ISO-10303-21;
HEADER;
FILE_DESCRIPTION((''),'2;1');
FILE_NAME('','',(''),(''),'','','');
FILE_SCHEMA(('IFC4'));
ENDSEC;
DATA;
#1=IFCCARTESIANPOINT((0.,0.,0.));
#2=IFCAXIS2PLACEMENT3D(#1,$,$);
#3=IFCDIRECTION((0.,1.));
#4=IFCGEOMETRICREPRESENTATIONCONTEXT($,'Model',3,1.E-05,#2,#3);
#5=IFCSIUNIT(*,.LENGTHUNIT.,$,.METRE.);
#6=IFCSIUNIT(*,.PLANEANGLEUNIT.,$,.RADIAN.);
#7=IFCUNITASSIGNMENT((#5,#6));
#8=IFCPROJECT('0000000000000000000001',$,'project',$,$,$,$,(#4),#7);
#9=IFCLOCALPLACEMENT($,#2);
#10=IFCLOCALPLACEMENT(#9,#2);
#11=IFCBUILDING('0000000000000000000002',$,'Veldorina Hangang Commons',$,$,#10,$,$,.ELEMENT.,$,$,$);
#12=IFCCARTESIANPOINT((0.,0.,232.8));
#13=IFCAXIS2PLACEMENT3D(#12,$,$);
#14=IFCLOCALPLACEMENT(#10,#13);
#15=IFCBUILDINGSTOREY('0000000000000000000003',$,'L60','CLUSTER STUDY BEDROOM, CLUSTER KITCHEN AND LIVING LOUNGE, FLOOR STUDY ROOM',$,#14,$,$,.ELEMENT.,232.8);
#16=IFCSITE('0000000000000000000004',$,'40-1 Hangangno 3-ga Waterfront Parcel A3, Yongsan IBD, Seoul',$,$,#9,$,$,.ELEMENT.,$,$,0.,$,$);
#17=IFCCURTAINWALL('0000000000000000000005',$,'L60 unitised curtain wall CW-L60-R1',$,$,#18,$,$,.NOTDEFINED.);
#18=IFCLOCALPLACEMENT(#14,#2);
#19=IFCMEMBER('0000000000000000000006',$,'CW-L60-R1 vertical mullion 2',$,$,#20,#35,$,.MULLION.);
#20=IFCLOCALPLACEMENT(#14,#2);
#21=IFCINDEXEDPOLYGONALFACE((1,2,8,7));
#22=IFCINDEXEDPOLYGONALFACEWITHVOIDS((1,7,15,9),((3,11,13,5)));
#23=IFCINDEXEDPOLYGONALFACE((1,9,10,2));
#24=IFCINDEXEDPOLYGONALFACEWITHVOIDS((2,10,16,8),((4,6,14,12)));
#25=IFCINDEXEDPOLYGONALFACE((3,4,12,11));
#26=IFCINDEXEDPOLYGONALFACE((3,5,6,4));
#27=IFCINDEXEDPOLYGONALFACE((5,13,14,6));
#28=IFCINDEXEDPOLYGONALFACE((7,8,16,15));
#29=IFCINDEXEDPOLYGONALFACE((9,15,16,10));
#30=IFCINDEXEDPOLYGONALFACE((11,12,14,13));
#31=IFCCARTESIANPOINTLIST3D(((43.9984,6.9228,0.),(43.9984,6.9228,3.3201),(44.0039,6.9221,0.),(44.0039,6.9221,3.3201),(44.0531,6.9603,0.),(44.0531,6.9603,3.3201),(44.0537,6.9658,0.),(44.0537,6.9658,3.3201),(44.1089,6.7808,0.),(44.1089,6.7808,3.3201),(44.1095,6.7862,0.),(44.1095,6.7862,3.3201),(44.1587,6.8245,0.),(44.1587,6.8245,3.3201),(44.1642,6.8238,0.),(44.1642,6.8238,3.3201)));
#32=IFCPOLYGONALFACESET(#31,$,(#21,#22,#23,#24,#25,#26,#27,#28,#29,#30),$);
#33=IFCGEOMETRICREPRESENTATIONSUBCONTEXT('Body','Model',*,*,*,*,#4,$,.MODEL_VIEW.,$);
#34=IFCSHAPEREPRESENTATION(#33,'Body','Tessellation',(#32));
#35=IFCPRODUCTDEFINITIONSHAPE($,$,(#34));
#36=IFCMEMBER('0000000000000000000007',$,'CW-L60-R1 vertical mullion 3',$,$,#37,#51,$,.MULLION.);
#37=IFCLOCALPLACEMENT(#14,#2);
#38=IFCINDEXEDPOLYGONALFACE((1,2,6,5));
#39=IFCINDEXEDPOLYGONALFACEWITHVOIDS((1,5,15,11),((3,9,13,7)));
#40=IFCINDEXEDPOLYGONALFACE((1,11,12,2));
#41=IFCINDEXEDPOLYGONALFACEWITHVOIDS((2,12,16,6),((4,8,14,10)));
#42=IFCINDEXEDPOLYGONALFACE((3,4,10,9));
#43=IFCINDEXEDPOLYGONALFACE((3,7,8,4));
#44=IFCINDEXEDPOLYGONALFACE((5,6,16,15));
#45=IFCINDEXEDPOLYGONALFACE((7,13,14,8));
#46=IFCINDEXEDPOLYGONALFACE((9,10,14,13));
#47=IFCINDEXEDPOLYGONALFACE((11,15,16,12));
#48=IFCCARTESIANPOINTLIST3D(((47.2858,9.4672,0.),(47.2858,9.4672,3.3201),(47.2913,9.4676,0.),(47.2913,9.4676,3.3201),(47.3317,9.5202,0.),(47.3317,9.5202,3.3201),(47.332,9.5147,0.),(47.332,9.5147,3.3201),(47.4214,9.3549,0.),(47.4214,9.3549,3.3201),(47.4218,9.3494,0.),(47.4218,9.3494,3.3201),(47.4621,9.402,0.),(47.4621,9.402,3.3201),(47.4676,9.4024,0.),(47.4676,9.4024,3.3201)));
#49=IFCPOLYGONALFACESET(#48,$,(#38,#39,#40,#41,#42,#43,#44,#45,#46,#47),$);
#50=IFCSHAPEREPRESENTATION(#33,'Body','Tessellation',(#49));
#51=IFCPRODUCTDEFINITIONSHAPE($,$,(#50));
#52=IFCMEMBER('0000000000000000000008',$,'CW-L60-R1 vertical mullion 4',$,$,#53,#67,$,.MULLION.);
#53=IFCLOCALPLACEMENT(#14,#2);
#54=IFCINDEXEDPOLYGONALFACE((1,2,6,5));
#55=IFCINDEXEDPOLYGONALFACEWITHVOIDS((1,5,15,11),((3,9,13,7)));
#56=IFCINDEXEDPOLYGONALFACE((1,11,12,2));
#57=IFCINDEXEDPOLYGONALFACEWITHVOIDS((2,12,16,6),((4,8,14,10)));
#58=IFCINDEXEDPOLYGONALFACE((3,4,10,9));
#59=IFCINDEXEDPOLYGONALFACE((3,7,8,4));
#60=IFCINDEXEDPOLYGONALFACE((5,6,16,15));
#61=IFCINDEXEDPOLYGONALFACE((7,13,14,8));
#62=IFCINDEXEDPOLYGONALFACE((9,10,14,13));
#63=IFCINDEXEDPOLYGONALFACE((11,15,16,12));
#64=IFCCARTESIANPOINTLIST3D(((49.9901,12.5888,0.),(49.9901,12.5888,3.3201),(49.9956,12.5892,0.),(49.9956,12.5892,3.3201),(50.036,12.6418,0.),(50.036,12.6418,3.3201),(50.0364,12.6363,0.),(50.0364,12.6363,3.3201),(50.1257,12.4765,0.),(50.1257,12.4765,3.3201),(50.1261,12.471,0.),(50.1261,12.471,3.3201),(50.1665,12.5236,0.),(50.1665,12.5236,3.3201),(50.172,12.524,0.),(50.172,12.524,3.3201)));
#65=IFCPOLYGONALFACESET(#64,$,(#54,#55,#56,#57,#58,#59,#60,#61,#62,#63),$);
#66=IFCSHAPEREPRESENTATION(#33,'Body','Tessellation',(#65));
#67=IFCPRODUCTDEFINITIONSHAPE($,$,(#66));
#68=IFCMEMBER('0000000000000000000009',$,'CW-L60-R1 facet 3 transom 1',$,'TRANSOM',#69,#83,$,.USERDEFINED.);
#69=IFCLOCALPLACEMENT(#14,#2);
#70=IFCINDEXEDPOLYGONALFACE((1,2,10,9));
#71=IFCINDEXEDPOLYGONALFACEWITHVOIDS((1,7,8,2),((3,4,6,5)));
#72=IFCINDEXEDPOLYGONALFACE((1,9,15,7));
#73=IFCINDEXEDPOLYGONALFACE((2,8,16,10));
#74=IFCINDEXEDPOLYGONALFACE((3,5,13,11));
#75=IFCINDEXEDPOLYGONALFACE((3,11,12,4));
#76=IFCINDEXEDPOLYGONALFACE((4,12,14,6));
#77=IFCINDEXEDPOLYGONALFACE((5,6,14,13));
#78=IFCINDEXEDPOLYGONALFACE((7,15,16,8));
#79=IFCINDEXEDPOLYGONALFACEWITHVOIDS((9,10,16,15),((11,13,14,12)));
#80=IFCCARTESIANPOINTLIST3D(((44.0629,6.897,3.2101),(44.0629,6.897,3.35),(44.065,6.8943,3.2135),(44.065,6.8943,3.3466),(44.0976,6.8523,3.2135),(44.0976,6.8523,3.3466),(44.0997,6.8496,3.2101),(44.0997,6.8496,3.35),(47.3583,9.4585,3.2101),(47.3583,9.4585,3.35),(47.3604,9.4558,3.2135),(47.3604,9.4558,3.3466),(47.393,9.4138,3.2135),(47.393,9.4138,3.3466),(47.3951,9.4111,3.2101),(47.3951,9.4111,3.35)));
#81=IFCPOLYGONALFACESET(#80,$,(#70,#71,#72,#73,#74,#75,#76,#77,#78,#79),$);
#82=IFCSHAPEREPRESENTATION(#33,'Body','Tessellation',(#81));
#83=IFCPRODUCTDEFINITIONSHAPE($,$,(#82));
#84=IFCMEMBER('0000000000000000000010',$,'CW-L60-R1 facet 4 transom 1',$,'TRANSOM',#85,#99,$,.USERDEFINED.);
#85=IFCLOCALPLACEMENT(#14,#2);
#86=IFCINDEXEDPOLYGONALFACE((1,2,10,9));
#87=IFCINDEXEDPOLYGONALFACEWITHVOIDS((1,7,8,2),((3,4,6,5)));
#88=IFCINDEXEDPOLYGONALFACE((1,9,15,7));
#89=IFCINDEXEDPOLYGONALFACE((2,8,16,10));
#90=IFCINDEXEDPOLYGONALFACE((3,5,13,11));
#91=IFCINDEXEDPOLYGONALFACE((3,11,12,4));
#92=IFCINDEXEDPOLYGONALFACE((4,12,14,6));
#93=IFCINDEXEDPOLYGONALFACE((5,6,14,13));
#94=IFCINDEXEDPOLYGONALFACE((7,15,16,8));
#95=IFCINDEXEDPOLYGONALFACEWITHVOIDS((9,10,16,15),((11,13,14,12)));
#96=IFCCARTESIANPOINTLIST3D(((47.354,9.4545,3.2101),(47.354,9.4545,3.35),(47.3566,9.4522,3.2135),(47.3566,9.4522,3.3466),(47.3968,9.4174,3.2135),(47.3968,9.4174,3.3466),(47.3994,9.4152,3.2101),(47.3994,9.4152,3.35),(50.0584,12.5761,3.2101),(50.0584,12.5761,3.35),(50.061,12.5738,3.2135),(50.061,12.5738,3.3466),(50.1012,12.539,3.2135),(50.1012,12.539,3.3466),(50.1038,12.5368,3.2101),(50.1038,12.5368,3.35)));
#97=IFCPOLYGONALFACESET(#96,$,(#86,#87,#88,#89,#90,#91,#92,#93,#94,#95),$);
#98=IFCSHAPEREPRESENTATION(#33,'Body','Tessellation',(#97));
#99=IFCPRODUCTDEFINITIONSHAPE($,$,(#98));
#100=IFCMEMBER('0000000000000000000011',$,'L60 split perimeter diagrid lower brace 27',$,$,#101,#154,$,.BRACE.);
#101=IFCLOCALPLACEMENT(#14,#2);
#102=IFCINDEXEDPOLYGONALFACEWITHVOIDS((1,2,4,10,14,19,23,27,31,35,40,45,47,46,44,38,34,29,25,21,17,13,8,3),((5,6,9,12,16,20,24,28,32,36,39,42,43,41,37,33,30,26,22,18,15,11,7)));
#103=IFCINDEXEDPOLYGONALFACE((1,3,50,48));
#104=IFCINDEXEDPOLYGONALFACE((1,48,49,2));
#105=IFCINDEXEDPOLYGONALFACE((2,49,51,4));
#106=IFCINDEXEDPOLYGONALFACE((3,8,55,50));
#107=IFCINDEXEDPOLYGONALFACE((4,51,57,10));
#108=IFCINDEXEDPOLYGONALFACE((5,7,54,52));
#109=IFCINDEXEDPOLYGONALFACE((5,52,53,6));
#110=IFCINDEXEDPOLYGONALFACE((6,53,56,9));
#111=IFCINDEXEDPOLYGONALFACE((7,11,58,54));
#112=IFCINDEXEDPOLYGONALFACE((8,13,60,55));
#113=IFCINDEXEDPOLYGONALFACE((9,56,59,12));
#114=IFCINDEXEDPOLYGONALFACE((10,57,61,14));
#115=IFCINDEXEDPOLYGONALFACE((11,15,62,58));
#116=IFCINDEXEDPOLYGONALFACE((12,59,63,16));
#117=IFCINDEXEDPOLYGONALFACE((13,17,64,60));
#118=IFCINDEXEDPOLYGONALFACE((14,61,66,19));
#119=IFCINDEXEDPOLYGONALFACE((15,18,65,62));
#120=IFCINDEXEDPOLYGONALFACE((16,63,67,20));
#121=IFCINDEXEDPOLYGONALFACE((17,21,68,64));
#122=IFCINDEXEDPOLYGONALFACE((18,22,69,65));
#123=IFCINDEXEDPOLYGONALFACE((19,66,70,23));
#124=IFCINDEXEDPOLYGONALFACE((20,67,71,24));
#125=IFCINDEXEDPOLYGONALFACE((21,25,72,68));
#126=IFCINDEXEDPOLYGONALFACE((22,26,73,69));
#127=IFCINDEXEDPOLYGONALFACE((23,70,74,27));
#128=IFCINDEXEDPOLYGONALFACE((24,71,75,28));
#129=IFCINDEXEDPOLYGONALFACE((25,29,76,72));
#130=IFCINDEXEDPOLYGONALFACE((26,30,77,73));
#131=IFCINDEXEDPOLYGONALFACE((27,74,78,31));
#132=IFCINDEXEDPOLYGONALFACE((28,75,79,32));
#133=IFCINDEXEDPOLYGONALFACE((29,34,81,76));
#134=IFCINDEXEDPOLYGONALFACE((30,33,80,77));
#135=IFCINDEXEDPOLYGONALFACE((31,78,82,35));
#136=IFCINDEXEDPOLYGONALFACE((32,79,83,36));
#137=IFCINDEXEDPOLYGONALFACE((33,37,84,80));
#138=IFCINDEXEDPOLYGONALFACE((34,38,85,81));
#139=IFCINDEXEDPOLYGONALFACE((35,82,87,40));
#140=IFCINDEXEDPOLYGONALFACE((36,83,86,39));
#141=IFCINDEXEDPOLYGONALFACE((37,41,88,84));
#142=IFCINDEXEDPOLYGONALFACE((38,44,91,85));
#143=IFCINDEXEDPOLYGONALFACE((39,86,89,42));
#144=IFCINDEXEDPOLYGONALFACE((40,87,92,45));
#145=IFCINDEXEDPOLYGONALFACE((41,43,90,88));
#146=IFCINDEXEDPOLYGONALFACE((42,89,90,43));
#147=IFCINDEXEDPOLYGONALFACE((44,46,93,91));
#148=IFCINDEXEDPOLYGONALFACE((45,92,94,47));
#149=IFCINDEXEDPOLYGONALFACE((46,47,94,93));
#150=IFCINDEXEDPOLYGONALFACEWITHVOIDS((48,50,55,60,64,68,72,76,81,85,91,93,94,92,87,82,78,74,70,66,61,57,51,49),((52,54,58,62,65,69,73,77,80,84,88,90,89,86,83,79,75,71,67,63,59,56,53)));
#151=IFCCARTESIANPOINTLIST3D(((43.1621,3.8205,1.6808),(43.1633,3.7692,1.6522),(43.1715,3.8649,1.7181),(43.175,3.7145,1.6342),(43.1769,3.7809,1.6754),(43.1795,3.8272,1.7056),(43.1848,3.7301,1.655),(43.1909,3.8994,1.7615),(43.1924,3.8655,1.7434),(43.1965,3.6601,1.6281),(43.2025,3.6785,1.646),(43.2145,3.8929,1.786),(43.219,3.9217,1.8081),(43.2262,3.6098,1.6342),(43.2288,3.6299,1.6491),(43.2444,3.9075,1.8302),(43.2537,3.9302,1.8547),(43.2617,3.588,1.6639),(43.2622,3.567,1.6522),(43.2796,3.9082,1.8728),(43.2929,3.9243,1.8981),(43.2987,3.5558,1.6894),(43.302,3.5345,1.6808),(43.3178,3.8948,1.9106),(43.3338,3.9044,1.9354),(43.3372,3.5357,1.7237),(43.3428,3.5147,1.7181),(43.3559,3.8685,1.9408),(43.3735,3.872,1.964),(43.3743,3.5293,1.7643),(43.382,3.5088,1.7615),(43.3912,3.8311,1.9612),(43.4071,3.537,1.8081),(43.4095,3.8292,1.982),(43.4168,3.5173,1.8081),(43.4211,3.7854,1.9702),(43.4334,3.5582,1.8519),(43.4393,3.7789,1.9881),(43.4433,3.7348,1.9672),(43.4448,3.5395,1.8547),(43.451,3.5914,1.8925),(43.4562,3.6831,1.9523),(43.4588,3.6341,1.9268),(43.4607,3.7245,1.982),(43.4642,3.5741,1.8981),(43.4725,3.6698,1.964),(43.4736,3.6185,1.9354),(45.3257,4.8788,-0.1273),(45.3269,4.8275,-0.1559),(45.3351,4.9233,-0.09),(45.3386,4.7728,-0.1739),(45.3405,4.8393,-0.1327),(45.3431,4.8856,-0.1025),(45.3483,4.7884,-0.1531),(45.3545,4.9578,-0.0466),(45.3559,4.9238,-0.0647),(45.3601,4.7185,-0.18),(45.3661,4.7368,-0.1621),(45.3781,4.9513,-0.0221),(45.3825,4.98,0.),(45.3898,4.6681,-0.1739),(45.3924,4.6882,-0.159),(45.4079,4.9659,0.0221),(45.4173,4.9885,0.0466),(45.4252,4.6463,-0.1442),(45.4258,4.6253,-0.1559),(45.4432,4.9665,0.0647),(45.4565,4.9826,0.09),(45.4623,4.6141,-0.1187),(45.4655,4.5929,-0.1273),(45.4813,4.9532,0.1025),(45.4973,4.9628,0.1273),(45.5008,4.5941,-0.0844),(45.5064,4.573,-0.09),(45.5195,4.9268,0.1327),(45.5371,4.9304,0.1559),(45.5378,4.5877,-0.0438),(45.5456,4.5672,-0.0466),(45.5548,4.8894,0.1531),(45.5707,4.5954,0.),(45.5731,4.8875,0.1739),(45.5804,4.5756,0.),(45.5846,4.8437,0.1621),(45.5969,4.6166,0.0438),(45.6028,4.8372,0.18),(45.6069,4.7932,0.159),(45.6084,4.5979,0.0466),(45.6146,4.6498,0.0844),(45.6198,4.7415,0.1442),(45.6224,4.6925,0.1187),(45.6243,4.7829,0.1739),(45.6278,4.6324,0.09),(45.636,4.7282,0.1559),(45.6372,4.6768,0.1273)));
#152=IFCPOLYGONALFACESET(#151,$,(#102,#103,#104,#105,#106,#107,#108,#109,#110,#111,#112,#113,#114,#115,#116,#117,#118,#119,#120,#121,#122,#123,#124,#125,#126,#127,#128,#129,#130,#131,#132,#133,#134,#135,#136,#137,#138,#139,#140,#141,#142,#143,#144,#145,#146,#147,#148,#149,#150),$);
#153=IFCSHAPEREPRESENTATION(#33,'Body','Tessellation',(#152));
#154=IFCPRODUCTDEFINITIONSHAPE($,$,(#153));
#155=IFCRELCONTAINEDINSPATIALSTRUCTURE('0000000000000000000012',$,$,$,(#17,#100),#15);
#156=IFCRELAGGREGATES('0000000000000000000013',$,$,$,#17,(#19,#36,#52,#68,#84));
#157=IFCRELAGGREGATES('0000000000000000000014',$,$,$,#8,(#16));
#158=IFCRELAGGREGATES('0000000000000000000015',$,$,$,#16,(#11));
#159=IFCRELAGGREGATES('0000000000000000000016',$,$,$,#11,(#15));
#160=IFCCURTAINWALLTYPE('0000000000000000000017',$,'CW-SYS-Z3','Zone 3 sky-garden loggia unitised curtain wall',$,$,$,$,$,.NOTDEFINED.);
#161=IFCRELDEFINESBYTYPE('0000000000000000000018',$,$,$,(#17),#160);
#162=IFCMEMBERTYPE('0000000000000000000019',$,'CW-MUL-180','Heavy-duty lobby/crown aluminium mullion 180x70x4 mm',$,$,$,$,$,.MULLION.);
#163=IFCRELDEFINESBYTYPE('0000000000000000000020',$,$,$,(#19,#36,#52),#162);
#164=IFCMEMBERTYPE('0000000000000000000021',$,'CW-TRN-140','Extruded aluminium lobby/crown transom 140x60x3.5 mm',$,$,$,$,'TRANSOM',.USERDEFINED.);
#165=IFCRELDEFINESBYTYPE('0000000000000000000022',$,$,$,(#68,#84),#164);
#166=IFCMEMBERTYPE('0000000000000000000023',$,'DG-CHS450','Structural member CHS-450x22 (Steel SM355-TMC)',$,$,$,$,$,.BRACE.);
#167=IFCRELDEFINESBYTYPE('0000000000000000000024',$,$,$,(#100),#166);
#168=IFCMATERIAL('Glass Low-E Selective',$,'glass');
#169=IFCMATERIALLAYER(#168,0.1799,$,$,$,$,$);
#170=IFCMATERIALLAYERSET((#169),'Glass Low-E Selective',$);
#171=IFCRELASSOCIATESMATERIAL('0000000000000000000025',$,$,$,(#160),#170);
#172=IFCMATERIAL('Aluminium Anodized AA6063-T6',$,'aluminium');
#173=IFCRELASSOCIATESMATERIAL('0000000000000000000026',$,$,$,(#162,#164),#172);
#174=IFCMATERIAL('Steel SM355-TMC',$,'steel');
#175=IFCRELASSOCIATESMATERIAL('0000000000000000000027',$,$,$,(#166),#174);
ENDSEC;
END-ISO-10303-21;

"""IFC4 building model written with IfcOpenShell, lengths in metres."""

from ifc_helpers import new_model, si_unit, direction, frame, origin, origin_2d, place, context, subcontext, project, spatial, hollow_rectangle, hollow_circle, extrude, material, layer, layer_set, material_profile, profile_set, type_object, element, aggregate, save


model = new_model("IFC4")

# Units and contexts
model_context = context("Model", 3, precision=1e-05, world=origin(), true_north=direction((0.0, 1.0)))
body_context = subcontext(model_context, "Body", "Model", "MODEL_VIEW")
ifc_project = project(units=[si_unit("LENGTHUNIT", "METRE"), si_unit("PLANEANGLEUNIT", "RADIAN")], contexts=[model_context])

# Site, building, storey
site_placement = place(None, origin())
site = spatial("IfcSite", under=ifc_project, at=site_placement, Name="40-1 Hangangno 3-ga Waterfront Parcel A3, Yongsan IBD, Seoul", CompositionType="ELEMENT", RefElevation=0.0)
building_placement = place(site_placement, origin())
building = spatial("IfcBuilding", under=site, at=building_placement, Name="Veldorina Hangang Commons", CompositionType="ELEMENT")
storey_placement = place(building_placement, frame((0.0, 0.0, 232.8)))
storey = spatial("IfcBuildingStorey", under=building, at=storey_placement, Name="L60", Description="CLUSTER STUDY BEDROOM, CLUSTER KITCHEN AND LIVING LOUNGE, FLOOR STUDY ROOM", CompositionType="ELEMENT", Elevation=232.8)

# Shared definitions
ifc_material_1 = material(Name="Steel SM355-TMC", Category="steel")

# Curtain wall, members
ifc_material_2 = material(Name="Glass Low-E Selective", Category="glass")
ifc_layer_1 = layer(ifc_material_2, 0.1799)
ifc_layer_set_1 = layer_set([ifc_layer_1], Name="Glass Low-E Selective")
curtain_wall_type = type_object("IfcCurtainWallType", Name="CW-SYS-Z3", Description="Zone 3 sky-garden loggia unitised curtain wall", PredefinedType="NOTDEFINED", material=ifc_layer_set_1)
curtain_wall_placement = place(storey_placement, origin())
curtain_wall = element("IfcCurtainWall", 1, at=curtain_wall_placement, inside=storey, type_object=curtain_wall_type, Name="L60 unitised curtain wall CW-L60-R1", PredefinedType="NOTDEFINED")
ifc_material_3 = material(Name="Aluminium Anodized AA6063-T6", Category="aluminium")
ifc_material_profile_1 = material_profile(ifc_material_3, hollow_rectangle(XDim=0.0701, YDim=0.1799, WallThickness=0.0039, at=origin_2d()), Name="ALU-RHS-180x70x4")
ifc_profile_set_1 = profile_set([ifc_material_profile_1], Name="Aluminium Anodized AA6063-T6")
member_type_1 = type_object("IfcMemberType", Name="CW-MUL-180", Description="Heavy-duty lobby/crown aluminium mullion 180x70x4 mm", PredefinedType="MULLION", material=ifc_profile_set_1)
member_1_placement = place(storey_placement, frame((44.0813, 6.8733, 0.0), z_axis=(0.0, 0.0, 1.0), x_axis=(0.789502, 0.613748, 0.0)))
member_1 = element("IfcMember", 2, at=member_1_placement, type_object=member_type_1, Name="CW-L60-R1 vertical mullion 2", PredefinedType="MULLION", context=body_context, shape_type="SweptSolid", body=[
    extrude(hollow_rectangle(XDim=0.0701, YDim=0.1799, WallThickness=0.0039, at=origin_2d()), origin(), (0.0, 0.0, 1.0), 3.3201),
])
member_2_placement = place(storey_placement, frame((47.3767, 9.4348, 0.0), z_axis=(0.0, 0.0, 1.0), x_axis=(0.65482, 0.755785, 0.0)))
member_2 = element("IfcMember", 3, at=member_2_placement, type_object=member_type_1, Name="CW-L60-R1 vertical mullion 3", PredefinedType="MULLION", context=body_context, shape_type="SweptSolid", body=[
    extrude(hollow_rectangle(XDim=0.0701, YDim=0.1799, WallThickness=0.0039, at=origin_2d()), origin(), (0.0, 0.0, 1.0), 3.3201),
])
member_3_placement = place(storey_placement, frame((50.0811, 12.5564, 0.0), z_axis=(0.0, 0.0, 1.0), x_axis=(-0.65482, -0.755785, 0.0)))
member_3 = element("IfcMember", 4, at=member_3_placement, type_object=member_type_1, Name="CW-L60-R1 vertical mullion 4", PredefinedType="MULLION", context=body_context, shape_type="SweptSolid", body=[
    extrude(hollow_rectangle(XDim=0.0701, YDim=0.1799, WallThickness=0.0039, at=origin_2d()), origin(), (0.0, 0.0, 1.0), 3.3201),
])
ifc_material_profile_2 = material_profile(ifc_material_3, hollow_rectangle(XDim=0.0601, YDim=0.1399, WallThickness=0.0034, at=origin_2d()), Name="ALU-RHS-140x60x3.5")
ifc_profile_set_2 = profile_set([ifc_material_profile_2], Name="Aluminium Anodized AA6063-T6")
member_type_2 = type_object("IfcMemberType", Name="CW-TRN-140", Description="Extruded aluminium lobby/crown transom 140x60x3.5 mm", ElementType="TRANSOM", PredefinedType="USERDEFINED", material=ifc_profile_set_2)
member_4_placement = place(storey_placement, frame((44.0813, 6.8733, 3.28), z_axis=(0.789535, 0.613706, 0.0), x_axis=(-0.613706, 0.789535, 0.0)))
member_4 = element("IfcMember", 5, at=member_4_placement, type_object=member_type_2, Name="CW-L60-R1 facet 3 transom 1", ObjectType="TRANSOM", PredefinedType="USERDEFINED", context=body_context, shape_type="SweptSolid", body=[
    extrude(hollow_rectangle(XDim=0.0601, YDim=0.1399, WallThickness=0.0034, at=origin_2d()), origin(), (0.0, 0.0, 1.0), 4.1738),
])
member_5_placement = place(storey_placement, frame((47.3767, 9.4348, 3.28), z_axis=(0.654789, 0.755812, 0.0), x_axis=(-0.755812, 0.654789, 0.0)))
member_5 = element("IfcMember", 6, at=member_5_placement, type_object=member_type_2, Name="CW-L60-R1 facet 4 transom 1", ObjectType="TRANSOM", PredefinedType="USERDEFINED", context=body_context, shape_type="SweptSolid", body=[
    extrude(hollow_rectangle(XDim=0.0601, YDim=0.1399, WallThickness=0.0034, at=origin_2d()), origin(), (0.0, 0.0, 1.0), 4.1301),
])

# Member
ifc_material_profile_3 = material_profile(ifc_material_1, hollow_circle(Radius=0.2251, WallThickness=0.022, at=origin_2d()), Name="CHS-450x22")
ifc_profile_set_3 = profile_set([ifc_material_profile_3], Name="Steel SM355-TMC")
member_type_3 = type_object("IfcMemberType", Name="DG-CHS450", Description="Structural member CHS-450x22 (Steel SM355-TMC)", PredefinedType="BRACE", material=ifc_profile_set_3)
member_6_placement = place(storey_placement, frame((45.4814, 4.7778, 0.0), z_axis=(-0.718387, -0.351411, 0.600358), x_axis=(0.439412, -0.898286, 0.0)))
element("IfcMember", 7, at=member_6_placement, inside=storey, type_object=member_type_3, Name="L60 split perimeter diagrid lower brace 27", PredefinedType="BRACE", context=body_context, shape_type="SweptSolid", body=[
    extrude(hollow_circle(Radius=0.2251, WallThickness=0.022, at=origin_2d()), origin(), (0.0, 0.0, 1.0), 3.0117),
])

aggregate(curtain_wall, [member_1, member_2, member_3, member_4, member_5])

save(model, "model.ifc")
